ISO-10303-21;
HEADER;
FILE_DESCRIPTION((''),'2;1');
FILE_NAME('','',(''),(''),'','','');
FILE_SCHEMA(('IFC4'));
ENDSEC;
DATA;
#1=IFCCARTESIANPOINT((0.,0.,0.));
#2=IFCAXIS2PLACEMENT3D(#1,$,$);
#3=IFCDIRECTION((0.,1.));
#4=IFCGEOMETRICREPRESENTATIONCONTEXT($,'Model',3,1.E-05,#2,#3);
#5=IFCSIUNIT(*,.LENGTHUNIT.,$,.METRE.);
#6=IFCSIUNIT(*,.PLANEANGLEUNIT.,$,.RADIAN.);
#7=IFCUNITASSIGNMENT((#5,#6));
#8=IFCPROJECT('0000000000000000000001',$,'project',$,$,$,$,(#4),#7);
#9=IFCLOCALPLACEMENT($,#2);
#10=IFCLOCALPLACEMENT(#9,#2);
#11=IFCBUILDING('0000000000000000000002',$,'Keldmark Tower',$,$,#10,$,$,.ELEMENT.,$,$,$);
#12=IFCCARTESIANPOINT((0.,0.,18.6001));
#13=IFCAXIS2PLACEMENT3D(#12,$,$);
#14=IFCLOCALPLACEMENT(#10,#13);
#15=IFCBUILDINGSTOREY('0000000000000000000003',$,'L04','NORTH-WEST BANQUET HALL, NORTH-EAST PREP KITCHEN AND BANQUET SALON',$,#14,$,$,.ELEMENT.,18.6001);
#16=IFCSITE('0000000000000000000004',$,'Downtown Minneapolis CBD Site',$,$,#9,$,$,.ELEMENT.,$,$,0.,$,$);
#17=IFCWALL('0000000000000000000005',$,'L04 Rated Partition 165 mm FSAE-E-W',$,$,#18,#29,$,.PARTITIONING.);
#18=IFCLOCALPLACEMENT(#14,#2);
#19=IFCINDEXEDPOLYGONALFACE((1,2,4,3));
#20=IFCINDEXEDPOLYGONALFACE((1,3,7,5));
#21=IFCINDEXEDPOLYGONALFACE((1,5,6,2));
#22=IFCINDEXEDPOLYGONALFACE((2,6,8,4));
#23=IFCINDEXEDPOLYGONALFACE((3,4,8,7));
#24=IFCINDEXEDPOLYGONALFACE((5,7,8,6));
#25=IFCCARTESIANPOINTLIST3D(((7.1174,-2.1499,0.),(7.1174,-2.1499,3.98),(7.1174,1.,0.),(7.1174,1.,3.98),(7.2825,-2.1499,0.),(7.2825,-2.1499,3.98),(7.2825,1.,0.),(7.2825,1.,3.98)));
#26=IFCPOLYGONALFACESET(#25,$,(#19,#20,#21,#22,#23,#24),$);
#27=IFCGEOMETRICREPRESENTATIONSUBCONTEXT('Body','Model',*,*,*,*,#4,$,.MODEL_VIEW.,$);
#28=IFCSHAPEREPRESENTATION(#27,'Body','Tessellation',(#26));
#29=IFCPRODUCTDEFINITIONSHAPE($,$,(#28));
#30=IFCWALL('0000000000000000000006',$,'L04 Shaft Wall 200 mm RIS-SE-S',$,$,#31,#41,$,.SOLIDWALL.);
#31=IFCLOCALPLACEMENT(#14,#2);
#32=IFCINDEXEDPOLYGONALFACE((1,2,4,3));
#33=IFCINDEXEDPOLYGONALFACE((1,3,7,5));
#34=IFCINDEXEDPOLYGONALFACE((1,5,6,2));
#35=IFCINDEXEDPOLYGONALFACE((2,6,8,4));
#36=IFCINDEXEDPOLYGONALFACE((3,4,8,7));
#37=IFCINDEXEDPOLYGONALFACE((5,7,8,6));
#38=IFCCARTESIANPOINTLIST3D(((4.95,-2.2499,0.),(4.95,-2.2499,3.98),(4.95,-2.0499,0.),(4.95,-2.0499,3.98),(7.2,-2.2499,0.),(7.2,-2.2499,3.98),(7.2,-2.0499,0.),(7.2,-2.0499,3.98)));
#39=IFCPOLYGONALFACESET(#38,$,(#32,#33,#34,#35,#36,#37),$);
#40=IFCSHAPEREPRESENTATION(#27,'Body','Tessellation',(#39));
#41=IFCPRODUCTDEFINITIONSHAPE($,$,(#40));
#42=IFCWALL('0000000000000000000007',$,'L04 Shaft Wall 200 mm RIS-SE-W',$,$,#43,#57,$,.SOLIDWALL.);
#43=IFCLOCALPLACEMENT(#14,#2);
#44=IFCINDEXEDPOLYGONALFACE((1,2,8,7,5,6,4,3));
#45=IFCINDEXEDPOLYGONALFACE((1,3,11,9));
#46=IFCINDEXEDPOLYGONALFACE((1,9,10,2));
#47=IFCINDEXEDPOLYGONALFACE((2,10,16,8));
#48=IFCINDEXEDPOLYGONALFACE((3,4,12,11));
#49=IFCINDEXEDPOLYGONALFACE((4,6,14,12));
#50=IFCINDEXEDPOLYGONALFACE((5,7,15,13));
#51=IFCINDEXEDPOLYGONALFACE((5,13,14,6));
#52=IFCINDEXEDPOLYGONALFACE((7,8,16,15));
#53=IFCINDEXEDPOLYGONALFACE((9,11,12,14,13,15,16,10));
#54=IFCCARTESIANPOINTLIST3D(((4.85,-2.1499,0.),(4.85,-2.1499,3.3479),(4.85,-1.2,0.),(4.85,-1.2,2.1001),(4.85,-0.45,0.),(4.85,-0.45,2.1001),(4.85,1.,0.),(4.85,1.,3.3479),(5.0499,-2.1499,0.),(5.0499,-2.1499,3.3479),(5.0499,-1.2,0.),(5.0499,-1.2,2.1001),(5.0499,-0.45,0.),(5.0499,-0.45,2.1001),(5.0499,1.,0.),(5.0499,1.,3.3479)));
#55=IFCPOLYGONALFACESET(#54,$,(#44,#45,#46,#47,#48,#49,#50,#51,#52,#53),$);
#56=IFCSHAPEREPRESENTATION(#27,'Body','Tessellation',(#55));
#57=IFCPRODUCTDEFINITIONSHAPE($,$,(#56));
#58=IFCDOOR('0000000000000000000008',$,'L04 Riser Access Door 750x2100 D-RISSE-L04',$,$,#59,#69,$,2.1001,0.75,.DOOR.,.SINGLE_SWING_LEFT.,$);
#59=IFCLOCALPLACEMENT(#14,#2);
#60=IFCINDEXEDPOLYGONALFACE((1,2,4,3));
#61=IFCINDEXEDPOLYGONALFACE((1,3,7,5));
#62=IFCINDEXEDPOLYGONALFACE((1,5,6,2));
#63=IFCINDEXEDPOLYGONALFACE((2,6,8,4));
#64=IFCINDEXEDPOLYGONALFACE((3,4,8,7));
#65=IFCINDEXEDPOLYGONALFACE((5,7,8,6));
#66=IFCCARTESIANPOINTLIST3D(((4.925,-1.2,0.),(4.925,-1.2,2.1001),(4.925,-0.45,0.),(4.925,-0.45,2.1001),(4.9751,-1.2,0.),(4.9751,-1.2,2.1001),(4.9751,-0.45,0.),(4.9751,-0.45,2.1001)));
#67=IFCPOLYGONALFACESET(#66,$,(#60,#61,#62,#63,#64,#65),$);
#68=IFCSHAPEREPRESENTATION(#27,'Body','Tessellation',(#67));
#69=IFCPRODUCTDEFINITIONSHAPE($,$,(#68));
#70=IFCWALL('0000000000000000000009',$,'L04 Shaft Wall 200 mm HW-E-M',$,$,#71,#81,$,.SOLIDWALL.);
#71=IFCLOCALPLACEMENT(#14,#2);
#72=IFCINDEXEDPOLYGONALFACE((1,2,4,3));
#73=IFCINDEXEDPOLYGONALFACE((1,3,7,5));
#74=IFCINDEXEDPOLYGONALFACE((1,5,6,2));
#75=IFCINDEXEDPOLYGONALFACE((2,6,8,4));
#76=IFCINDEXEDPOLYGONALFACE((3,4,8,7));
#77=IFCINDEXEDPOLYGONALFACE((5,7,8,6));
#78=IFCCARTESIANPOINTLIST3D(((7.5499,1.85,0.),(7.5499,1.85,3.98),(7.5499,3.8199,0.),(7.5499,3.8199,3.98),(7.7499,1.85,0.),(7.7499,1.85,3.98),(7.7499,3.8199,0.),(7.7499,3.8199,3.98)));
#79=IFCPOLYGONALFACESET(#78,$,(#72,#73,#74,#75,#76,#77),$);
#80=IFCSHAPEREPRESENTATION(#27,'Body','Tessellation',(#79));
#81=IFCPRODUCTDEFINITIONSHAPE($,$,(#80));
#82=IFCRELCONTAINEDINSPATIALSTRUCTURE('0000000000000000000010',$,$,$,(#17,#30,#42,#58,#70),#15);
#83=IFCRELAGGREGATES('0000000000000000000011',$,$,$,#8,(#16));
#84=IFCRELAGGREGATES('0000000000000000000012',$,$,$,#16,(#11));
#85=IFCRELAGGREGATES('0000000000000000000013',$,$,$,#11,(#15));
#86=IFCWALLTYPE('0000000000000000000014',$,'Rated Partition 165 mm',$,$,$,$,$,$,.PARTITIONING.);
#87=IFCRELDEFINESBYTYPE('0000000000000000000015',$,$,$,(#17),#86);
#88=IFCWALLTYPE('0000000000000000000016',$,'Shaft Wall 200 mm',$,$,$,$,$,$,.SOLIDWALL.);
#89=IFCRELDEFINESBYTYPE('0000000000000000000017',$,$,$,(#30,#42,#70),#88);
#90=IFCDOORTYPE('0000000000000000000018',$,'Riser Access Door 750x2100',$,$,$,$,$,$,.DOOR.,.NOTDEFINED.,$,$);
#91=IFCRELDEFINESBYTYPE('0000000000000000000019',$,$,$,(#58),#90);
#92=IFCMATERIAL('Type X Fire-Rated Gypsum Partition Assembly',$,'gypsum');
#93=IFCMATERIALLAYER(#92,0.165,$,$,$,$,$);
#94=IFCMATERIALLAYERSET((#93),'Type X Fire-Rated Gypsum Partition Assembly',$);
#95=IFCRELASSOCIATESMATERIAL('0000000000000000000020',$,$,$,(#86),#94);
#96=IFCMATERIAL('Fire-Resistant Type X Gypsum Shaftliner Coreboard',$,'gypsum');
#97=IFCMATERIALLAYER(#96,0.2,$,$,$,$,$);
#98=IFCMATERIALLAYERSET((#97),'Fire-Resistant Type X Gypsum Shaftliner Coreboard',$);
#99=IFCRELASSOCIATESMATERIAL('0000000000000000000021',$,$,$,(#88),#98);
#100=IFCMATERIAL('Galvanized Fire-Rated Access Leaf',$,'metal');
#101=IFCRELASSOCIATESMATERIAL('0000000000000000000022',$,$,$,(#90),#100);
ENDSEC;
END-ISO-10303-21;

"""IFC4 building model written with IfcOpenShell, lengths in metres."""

from ifc_helpers import new_model, si_unit, direction, frame, frame_2d, origin, place, context, subcontext, project, spatial, rectangle, extrude, material, layer, layer_set, type_object, element, fill, save


model = new_model("IFC4")

# Units and contexts
model_context = context("Model", 3, precision=1e-05, world=origin(), true_north=direction((0.0, 1.0)))
body_context = subcontext(model_context, "Body", "Model", "MODEL_VIEW")
ifc_project = project(units=[si_unit("LENGTHUNIT", "METRE"), si_unit("PLANEANGLEUNIT", "RADIAN")], contexts=[model_context])

# Site, building, storey
site_placement = place(None, origin())
site = spatial("IfcSite", under=ifc_project, at=site_placement, Name="Downtown Minneapolis CBD Site", CompositionType="ELEMENT", RefElevation=0.0)
building_placement = place(site_placement, origin())
building = spatial("IfcBuilding", under=site, at=building_placement, Name="Keldmark Tower", CompositionType="ELEMENT")
storey_placement = place(building_placement, frame((0.0, 0.0, 18.6001)))
storey = spatial("IfcBuildingStorey", under=building, at=storey_placement, Name="L04", Description="NORTH-WEST BANQUET HALL, NORTH-EAST PREP KITCHEN AND BANQUET SALON", CompositionType="ELEMENT", Elevation=18.6001)

# Wall
ifc_material_1 = material(Name="Type X Fire-Rated Gypsum Partition Assembly", Category="gypsum")
ifc_layer_1 = layer(ifc_material_1, 0.165)
ifc_layer_set_1 = layer_set([ifc_layer_1], Name="Type X Fire-Rated Gypsum Partition Assembly")
wall_type_1 = type_object("IfcWallType", Name="Rated Partition 165 mm", PredefinedType="PARTITIONING", material=ifc_layer_set_1)
wall_1_placement = place(storey_placement, frame((7.2, -2.1499, 0.0), z_axis=(0.0, 0.0, 1.0), x_axis=(0.0, 1.0, 0.0)))
element("IfcWall", 1, at=wall_1_placement, inside=storey, type_object=wall_type_1, Name="L04 Rated Partition 165 mm FSAE-E-W", PredefinedType="PARTITIONING", context=body_context, shape_type="SweptSolid", body=[
    extrude(rectangle(XDim=3.1499, YDim=0.165, at=frame_2d((1.575, 0.0))), origin(), (0.0, 0.0, 1.0), 3.98),
])

# Wall
ifc_material_2 = material(Name="Fire-Resistant Type X Gypsum Shaftliner Coreboard", Category="gypsum")
ifc_layer_2 = layer(ifc_material_2, 0.2)
ifc_layer_set_2 = layer_set([ifc_layer_2], Name="Fire-Resistant Type X Gypsum Shaftliner Coreboard")
wall_type_2 = type_object("IfcWallType", Name="Shaft Wall 200 mm", PredefinedType="SOLIDWALL", material=ifc_layer_set_2)
wall_2_placement = place(storey_placement, frame((4.95, -2.1499, 0.0), z_axis=(0.0, 0.0, 1.0), x_axis=(1.0, 0.0, 0.0)))
element("IfcWall", 2, at=wall_2_placement, inside=storey, type_object=wall_type_2, Name="L04 Shaft Wall 200 mm RIS-SE-S", PredefinedType="SOLIDWALL", context=body_context, shape_type="SweptSolid", body=[
    extrude(rectangle(XDim=2.25, YDim=0.2, at=frame_2d((1.125, 0.0))), origin(), (0.0, 0.0, 1.0), 3.98),
])

# Wall, opening, door
wall_3_placement = place(storey_placement, frame((4.95, -2.1499, 0.0), z_axis=(0.0, 0.0, 1.0), x_axis=(0.0, 1.0, 0.0)))
wall_3 = element("IfcWall", 3, at=wall_3_placement, inside=storey, type_object=wall_type_2, Name="L04 Shaft Wall 200 mm RIS-SE-W", PredefinedType="SOLIDWALL", context=body_context, shape_type="SweptSolid", body=[
    extrude(rectangle(XDim=3.1499, YDim=0.2, at=frame_2d((1.575, 0.0))), origin(), (0.0, 0.0, 1.0), 3.3479),
])
opening_1_placement = place(wall_3_placement, frame((0.95, 0.0, 0.0)))
opening_1 = element("IfcOpeningElement", 4, at=opening_1_placement, cuts=wall_3, PredefinedType="OPENING", context=body_context, shape_type="SweptSolid", body=[
    extrude(rectangle(XDim=0.75, YDim=2.1001, at=frame_2d((0.375, 1.05))), frame((0.0, 0.1099, 0.0), z_axis=(0.0, -1.0, 0.0), x_axis=(1.0, 0.0, 0.0)), (0.0, 0.0, 1.0), 0.22),
])
ifc_material_3 = material(Name="Galvanized Fire-Rated Access Leaf", Category="metal")
door_type_1 = type_object("IfcDoorType", Name="Riser Access Door 750x2100", OperationType="NOTDEFINED", PredefinedType="DOOR", material=ifc_material_3)
door_1_placement = place(opening_1_placement, origin())
door_1 = element("IfcDoor", 5, at=door_1_placement, inside=storey, type_object=door_type_1, Name="L04 Riser Access Door 750x2100 D-RISSE-L04", OperationType="SINGLE_SWING_LEFT", OverallHeight=2.1001, OverallWidth=0.75, PredefinedType="DOOR", context=body_context, shape_type="SweptSolid", body=[
    extrude(rectangle(XDim=0.75, YDim=2.1001, at=frame_2d((0.375, 1.05))), frame((0.0, 0.0249, 0.0), z_axis=(0.0, -1.0, 0.0), x_axis=(1.0, 0.0, 0.0)), (0.0, 0.0, 1.0), 0.05),
])
fill(opening_1, door_1)

# Wall
wall_4_placement = place(storey_placement, frame((7.6499, 1.8501, 0.0), z_axis=(0.0, 0.0, 1.0), x_axis=(0.0, 1.0, 0.0)))
element("IfcWall", 6, at=wall_4_placement, inside=storey, type_object=wall_type_2, Name="L04 Shaft Wall 200 mm HW-E-M", PredefinedType="SOLIDWALL", context=body_context, shape_type="SweptSolid", body=[
    extrude(rectangle(XDim=1.97, YDim=0.2, at=frame_2d((0.9849, 0.0))), origin(), (0.0, 0.0, 1.0), 3.98),
])

save(model, "model.ifc")
